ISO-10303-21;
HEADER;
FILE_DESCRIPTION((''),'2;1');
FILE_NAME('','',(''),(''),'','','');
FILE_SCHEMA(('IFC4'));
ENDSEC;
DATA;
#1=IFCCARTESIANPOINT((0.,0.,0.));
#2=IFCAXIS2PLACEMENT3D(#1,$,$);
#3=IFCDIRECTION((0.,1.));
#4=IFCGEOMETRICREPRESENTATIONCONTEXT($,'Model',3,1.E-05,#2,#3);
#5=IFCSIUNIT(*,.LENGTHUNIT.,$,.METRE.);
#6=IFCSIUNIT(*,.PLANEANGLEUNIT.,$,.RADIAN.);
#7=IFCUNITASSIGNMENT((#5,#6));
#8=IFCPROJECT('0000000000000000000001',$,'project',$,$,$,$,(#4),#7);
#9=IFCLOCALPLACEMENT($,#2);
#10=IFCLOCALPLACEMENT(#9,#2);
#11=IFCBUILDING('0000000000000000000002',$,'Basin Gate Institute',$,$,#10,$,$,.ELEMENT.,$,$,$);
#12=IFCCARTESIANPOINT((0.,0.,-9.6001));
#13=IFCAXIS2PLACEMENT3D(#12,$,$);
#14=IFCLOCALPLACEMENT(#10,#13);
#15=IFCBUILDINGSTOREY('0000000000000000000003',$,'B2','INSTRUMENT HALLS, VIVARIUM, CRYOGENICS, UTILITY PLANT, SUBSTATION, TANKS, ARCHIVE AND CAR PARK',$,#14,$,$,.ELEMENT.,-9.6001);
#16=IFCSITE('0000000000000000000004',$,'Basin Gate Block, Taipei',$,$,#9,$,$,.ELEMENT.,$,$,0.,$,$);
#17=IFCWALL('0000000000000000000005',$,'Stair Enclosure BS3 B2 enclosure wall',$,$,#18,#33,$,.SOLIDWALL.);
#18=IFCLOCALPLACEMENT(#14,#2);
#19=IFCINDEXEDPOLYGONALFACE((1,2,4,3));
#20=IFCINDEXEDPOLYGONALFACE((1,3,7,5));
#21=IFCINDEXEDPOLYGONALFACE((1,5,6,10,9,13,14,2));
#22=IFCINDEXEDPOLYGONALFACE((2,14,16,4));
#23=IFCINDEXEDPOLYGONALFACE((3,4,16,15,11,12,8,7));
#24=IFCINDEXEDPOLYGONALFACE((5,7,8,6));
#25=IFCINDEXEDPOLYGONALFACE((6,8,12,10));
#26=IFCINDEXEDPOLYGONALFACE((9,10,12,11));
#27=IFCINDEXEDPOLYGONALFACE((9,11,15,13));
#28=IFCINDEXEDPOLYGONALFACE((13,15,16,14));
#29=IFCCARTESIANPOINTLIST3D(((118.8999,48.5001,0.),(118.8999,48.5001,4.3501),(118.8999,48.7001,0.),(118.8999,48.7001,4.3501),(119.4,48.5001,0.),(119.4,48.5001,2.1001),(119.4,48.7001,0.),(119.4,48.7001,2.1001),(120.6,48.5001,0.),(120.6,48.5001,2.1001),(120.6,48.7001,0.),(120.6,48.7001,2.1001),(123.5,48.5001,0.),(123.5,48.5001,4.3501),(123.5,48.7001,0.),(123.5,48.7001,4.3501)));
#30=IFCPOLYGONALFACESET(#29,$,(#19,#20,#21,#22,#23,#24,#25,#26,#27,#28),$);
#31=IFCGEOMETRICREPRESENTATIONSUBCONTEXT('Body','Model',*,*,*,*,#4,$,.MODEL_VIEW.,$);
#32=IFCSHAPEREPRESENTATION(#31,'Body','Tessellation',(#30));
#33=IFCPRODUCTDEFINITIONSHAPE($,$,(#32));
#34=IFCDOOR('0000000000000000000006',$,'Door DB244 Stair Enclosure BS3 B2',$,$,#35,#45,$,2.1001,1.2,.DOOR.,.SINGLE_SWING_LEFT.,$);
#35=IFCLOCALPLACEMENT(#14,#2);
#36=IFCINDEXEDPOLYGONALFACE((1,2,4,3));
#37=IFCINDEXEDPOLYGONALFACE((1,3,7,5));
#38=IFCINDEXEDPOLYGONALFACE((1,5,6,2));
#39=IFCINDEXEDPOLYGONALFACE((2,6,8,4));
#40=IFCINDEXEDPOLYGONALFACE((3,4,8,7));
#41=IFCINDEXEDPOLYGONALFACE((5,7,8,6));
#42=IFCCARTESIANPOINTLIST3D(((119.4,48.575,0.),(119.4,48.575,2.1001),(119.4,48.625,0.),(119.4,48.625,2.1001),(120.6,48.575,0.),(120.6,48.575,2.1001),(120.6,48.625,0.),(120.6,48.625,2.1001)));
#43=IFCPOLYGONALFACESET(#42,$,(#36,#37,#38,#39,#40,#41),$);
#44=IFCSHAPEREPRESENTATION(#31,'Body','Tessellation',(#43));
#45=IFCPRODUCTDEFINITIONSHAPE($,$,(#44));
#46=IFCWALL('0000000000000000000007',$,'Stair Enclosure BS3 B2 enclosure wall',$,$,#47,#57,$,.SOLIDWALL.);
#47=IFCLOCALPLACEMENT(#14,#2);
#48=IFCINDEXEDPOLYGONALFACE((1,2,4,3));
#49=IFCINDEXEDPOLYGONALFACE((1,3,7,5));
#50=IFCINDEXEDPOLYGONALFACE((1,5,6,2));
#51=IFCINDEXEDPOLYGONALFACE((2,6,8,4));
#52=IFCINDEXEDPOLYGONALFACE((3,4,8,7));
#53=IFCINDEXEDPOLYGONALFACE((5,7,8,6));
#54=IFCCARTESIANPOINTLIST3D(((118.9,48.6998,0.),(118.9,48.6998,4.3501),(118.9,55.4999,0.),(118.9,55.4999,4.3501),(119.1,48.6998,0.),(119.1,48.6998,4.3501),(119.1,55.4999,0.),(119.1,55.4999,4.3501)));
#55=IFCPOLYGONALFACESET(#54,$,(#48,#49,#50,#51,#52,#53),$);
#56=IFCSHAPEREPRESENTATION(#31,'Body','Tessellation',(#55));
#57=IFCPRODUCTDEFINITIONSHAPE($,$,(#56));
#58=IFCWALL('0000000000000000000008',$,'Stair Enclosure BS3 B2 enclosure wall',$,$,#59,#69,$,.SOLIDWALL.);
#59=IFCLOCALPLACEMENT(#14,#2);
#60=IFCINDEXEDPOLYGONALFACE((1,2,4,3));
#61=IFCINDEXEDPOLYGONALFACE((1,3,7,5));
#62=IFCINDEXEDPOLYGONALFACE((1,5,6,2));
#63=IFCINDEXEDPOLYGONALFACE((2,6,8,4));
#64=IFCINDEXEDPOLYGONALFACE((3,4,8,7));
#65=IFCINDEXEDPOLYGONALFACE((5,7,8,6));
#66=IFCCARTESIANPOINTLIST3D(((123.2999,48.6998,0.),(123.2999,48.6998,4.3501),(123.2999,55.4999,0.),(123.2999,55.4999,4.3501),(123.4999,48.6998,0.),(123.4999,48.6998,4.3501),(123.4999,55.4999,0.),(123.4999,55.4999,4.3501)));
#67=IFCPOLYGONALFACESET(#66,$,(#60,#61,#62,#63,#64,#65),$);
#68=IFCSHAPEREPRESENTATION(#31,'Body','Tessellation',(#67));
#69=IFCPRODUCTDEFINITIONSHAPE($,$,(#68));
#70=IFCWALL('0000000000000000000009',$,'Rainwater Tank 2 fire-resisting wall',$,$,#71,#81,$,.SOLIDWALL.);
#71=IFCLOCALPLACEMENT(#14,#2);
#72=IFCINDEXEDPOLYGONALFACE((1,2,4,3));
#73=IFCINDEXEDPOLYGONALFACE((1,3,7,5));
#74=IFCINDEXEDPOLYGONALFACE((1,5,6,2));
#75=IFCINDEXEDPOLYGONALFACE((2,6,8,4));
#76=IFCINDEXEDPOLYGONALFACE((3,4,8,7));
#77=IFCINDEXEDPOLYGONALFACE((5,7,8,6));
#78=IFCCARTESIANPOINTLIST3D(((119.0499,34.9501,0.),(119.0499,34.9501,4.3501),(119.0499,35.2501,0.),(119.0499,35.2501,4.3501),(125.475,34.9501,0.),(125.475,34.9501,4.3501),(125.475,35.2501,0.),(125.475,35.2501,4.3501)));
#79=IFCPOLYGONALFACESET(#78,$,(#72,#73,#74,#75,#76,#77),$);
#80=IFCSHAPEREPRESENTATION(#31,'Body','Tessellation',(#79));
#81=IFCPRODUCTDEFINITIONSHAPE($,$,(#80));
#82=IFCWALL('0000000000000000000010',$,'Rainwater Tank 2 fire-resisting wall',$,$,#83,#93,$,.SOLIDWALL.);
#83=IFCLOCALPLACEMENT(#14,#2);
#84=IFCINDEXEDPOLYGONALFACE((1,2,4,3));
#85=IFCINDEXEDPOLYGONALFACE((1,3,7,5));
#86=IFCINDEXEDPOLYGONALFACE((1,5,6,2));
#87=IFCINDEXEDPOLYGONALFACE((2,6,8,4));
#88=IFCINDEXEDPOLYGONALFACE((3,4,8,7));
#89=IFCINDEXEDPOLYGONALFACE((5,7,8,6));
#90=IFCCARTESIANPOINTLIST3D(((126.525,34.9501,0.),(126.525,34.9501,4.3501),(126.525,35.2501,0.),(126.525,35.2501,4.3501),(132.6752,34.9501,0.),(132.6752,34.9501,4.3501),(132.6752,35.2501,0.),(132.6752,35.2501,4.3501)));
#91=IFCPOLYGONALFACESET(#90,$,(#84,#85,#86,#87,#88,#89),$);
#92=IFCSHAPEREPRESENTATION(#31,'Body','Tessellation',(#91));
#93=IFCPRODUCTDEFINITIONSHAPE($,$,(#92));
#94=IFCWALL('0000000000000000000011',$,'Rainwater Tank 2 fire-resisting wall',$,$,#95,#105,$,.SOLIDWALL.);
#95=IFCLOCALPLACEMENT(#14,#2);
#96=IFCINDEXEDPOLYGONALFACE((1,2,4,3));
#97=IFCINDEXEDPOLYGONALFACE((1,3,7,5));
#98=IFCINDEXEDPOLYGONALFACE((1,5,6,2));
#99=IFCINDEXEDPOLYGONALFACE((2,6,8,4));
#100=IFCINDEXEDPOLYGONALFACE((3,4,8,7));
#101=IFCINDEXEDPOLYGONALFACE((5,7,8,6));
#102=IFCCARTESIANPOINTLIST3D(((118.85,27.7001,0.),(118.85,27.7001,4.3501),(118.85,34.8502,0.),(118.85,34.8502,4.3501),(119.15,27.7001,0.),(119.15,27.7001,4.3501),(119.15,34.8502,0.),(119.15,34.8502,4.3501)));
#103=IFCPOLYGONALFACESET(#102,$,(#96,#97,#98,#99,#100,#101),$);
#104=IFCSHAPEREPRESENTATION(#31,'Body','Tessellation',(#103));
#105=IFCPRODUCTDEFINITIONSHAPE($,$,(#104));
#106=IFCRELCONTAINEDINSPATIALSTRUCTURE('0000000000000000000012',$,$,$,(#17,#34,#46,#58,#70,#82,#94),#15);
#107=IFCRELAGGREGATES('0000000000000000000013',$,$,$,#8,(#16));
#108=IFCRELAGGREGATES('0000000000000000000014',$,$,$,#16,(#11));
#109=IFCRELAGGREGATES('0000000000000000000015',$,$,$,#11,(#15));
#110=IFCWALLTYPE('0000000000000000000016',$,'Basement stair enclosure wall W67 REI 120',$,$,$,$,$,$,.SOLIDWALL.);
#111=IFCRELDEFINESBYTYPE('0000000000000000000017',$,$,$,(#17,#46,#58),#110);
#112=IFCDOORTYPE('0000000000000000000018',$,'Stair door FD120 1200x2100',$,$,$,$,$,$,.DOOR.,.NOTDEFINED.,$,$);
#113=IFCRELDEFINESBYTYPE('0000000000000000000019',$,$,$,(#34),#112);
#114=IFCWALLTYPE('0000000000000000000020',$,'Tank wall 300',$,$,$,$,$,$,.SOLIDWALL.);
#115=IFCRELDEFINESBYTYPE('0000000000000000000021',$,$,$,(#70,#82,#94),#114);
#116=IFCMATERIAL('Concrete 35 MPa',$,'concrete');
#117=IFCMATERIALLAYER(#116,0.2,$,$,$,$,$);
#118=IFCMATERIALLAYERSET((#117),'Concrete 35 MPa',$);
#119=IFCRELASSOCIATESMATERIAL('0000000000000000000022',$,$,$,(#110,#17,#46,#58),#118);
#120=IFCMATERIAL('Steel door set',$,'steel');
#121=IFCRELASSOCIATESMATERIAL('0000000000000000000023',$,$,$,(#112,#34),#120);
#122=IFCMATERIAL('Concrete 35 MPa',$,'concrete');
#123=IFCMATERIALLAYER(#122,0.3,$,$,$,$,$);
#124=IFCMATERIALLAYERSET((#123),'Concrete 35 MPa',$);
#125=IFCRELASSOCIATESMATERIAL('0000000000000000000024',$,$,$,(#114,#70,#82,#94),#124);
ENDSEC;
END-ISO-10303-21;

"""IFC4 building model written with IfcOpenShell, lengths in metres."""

from ifc_helpers import new_model, si_unit, direction, frame, frame_2d, origin, place, context, subcontext, project, spatial, rectangle, extrude, material, layer, layer_set, type_object, element, fill, save


model = new_model("IFC4")

# Units and contexts
model_context = context("Model", 3, precision=1e-05, world=origin(), true_north=direction((0.0, 1.0)))
body_context = subcontext(model_context, "Body", "Model", "MODEL_VIEW")
ifc_project = project(units=[si_unit("LENGTHUNIT", "METRE"), si_unit("PLANEANGLEUNIT", "RADIAN")], contexts=[model_context])

# Site, building, storey
site_placement = place(None, origin())
site = spatial("IfcSite", under=ifc_project, at=site_placement, Name="Basin Gate Block, Taipei", CompositionType="ELEMENT", RefElevation=0.0)
building_placement = place(site_placement, origin())
building = spatial("IfcBuilding", under=site, at=building_placement, Name="Basin Gate Institute", CompositionType="ELEMENT")
storey_placement = place(building_placement, frame((0.0, 0.0, -9.6001)))
storey = spatial("IfcBuildingStorey", under=building, at=storey_placement, Name="B2", Description="INSTRUMENT HALLS, VIVARIUM, CRYOGENICS, UTILITY PLANT, SUBSTATION, TANKS, ARCHIVE AND CAR PARK", CompositionType="ELEMENT", Elevation=-9.6001)

# Wall, opening, door
ifc_material_1 = material(Name="Concrete 35 MPa", Category="concrete")
ifc_layer_1 = layer(ifc_material_1, 0.2)
ifc_layer_set_1 = layer_set([ifc_layer_1], Name="Concrete 35 MPa")
wall_type_1 = type_object("IfcWallType", Name="Basement stair enclosure wall W67 REI 120", PredefinedType="SOLIDWALL", material=ifc_layer_set_1)
wall_1_placement = place(storey_placement, frame((118.8999, 48.6001, 0.0), z_axis=(0.0, 0.0, 1.0), x_axis=(1.0, 0.0, 0.0)))
wall_1 = element("IfcWall", 1, at=wall_1_placement, inside=storey, type_object=wall_type_1, material=ifc_layer_set_1, Name="Stair Enclosure BS3 B2 enclosure wall", PredefinedType="SOLIDWALL", context=body_context, shape_type="SweptSolid", body=[
    extrude(rectangle(XDim=4.6001, YDim=0.2, at=frame_2d((2.3, 0.0))), origin(), (0.0, 0.0, 1.0), 4.3501),
])
opening_placement = place(wall_1_placement, frame((0.5, 0.0, 0.0)))
opening = element("IfcOpeningElement", 2, at=opening_placement, cuts=wall_1, PredefinedType="OPENING", context=body_context, shape_type="SweptSolid", body=[
    extrude(rectangle(XDim=1.2, YDim=2.1001, at=frame_2d((0.6001, 1.05))), frame((0.0, 0.1099, 0.0), z_axis=(0.0, -1.0, 0.0), x_axis=(1.0, 0.0, 0.0)), (0.0, 0.0, 1.0), 0.22),
])
ifc_material_2 = material(Name="Steel door set", Category="steel")
door_type = type_object("IfcDoorType", Name="Stair door FD120 1200x2100", OperationType="NOTDEFINED", PredefinedType="DOOR", material=ifc_material_2)
door_placement = place(opening_placement, origin())
door = element("IfcDoor", 3, at=door_placement, inside=storey, type_object=door_type, material=ifc_material_2, Name="Door DB244 Stair Enclosure BS3 B2", OperationType="SINGLE_SWING_LEFT", OverallHeight=2.1001, OverallWidth=1.2, PredefinedType="DOOR", context=body_context, shape_type="SweptSolid", body=[
    extrude(rectangle(XDim=1.2, YDim=2.1001, at=frame_2d((0.6001, 1.05))), frame((0.0, 0.0249, 0.0), z_axis=(0.0, -1.0, 0.0), x_axis=(1.0, 0.0, 0.0)), (0.0, 0.0, 1.0), 0.05),
])
fill(opening, door)

# Walls
for number, where, z_axis, x_axis, name in (
    (4, (119.0, 48.7, 0.0), (0.0, 0.0, 1.0), (0.0, 1.0, 0.0), "Stair Enclosure BS3 B2 enclosure wall"),
    (5, (123.3999, 48.7, 0.0), (0.0, 0.0, 1.0), (0.0, 1.0, 0.0), "Stair Enclosure BS3 B2 enclosure wall"),
):
    element("IfcWall", number, at=place(storey_placement, frame(where, z_axis=z_axis, x_axis=x_axis)), inside=storey, type_object=wall_type_1, material=ifc_layer_set_1, Name=name, PredefinedType="SOLIDWALL", context=body_context, shape_type="SweptSolid", body=[
        extrude(rectangle(XDim=6.8, YDim=0.2, at=frame_2d((3.3999, 0.0))), origin(), (0.0, 0.0, 1.0), 4.3501),
    ])
ifc_material_3 = material(Name="Concrete 35 MPa", Category="concrete")
ifc_layer_2 = layer(ifc_material_3, 0.3)
ifc_layer_set_2 = layer_set([ifc_layer_2], Name="Concrete 35 MPa")
wall_type_2 = type_object("IfcWallType", Name="Tank wall 300", PredefinedType="SOLIDWALL", material=ifc_layer_set_2)
wall_2_placement = place(storey_placement, frame((119.05, 35.1001, 0.0), z_axis=(0.0, 0.0, 1.0), x_axis=(1.0, 0.0, 0.0)))
element("IfcWall", 6, at=wall_2_placement, inside=storey, type_object=wall_type_2, material=ifc_layer_set_2, Name="Rainwater Tank 2 fire-resisting wall", PredefinedType="SOLIDWALL", context=body_context, shape_type="SweptSolid", body=[
    extrude(rectangle(XDim=6.425, YDim=0.3, at=frame_2d((3.2124, 0.0))), origin(), (0.0, 0.0, 1.0), 4.3501),
])
wall_3_placement = place(storey_placement, frame((126.5249, 35.1001, 0.0), z_axis=(0.0, 0.0, 1.0), x_axis=(1.0, 0.0, 0.0)))
element("IfcWall", 7, at=wall_3_placement, inside=storey, type_object=wall_type_2, material=ifc_layer_set_2, Name="Rainwater Tank 2 fire-resisting wall", PredefinedType="SOLIDWALL", context=body_context, shape_type="SweptSolid", body=[
    extrude(rectangle(XDim=6.1501, YDim=0.3, at=frame_2d((3.0752, 0.0))), origin(), (0.0, 0.0, 1.0), 4.3501),
])
wall_4_placement = place(storey_placement, frame((119.0, 27.7, 0.0), z_axis=(0.0, 0.0, 1.0), x_axis=(0.0, 1.0, 0.0)))
element("IfcWall", 8, at=wall_4_placement, inside=storey, type_object=wall_type_2, material=ifc_layer_set_2, Name="Rainwater Tank 2 fire-resisting wall", PredefinedType="SOLIDWALL", context=body_context, shape_type="SweptSolid", body=[
    extrude(rectangle(XDim=7.1501, YDim=0.3, at=frame_2d((3.5752, 0.0))), origin(), (0.0, 0.0, 1.0), 4.3501),
])

save(model, "model.ifc")
